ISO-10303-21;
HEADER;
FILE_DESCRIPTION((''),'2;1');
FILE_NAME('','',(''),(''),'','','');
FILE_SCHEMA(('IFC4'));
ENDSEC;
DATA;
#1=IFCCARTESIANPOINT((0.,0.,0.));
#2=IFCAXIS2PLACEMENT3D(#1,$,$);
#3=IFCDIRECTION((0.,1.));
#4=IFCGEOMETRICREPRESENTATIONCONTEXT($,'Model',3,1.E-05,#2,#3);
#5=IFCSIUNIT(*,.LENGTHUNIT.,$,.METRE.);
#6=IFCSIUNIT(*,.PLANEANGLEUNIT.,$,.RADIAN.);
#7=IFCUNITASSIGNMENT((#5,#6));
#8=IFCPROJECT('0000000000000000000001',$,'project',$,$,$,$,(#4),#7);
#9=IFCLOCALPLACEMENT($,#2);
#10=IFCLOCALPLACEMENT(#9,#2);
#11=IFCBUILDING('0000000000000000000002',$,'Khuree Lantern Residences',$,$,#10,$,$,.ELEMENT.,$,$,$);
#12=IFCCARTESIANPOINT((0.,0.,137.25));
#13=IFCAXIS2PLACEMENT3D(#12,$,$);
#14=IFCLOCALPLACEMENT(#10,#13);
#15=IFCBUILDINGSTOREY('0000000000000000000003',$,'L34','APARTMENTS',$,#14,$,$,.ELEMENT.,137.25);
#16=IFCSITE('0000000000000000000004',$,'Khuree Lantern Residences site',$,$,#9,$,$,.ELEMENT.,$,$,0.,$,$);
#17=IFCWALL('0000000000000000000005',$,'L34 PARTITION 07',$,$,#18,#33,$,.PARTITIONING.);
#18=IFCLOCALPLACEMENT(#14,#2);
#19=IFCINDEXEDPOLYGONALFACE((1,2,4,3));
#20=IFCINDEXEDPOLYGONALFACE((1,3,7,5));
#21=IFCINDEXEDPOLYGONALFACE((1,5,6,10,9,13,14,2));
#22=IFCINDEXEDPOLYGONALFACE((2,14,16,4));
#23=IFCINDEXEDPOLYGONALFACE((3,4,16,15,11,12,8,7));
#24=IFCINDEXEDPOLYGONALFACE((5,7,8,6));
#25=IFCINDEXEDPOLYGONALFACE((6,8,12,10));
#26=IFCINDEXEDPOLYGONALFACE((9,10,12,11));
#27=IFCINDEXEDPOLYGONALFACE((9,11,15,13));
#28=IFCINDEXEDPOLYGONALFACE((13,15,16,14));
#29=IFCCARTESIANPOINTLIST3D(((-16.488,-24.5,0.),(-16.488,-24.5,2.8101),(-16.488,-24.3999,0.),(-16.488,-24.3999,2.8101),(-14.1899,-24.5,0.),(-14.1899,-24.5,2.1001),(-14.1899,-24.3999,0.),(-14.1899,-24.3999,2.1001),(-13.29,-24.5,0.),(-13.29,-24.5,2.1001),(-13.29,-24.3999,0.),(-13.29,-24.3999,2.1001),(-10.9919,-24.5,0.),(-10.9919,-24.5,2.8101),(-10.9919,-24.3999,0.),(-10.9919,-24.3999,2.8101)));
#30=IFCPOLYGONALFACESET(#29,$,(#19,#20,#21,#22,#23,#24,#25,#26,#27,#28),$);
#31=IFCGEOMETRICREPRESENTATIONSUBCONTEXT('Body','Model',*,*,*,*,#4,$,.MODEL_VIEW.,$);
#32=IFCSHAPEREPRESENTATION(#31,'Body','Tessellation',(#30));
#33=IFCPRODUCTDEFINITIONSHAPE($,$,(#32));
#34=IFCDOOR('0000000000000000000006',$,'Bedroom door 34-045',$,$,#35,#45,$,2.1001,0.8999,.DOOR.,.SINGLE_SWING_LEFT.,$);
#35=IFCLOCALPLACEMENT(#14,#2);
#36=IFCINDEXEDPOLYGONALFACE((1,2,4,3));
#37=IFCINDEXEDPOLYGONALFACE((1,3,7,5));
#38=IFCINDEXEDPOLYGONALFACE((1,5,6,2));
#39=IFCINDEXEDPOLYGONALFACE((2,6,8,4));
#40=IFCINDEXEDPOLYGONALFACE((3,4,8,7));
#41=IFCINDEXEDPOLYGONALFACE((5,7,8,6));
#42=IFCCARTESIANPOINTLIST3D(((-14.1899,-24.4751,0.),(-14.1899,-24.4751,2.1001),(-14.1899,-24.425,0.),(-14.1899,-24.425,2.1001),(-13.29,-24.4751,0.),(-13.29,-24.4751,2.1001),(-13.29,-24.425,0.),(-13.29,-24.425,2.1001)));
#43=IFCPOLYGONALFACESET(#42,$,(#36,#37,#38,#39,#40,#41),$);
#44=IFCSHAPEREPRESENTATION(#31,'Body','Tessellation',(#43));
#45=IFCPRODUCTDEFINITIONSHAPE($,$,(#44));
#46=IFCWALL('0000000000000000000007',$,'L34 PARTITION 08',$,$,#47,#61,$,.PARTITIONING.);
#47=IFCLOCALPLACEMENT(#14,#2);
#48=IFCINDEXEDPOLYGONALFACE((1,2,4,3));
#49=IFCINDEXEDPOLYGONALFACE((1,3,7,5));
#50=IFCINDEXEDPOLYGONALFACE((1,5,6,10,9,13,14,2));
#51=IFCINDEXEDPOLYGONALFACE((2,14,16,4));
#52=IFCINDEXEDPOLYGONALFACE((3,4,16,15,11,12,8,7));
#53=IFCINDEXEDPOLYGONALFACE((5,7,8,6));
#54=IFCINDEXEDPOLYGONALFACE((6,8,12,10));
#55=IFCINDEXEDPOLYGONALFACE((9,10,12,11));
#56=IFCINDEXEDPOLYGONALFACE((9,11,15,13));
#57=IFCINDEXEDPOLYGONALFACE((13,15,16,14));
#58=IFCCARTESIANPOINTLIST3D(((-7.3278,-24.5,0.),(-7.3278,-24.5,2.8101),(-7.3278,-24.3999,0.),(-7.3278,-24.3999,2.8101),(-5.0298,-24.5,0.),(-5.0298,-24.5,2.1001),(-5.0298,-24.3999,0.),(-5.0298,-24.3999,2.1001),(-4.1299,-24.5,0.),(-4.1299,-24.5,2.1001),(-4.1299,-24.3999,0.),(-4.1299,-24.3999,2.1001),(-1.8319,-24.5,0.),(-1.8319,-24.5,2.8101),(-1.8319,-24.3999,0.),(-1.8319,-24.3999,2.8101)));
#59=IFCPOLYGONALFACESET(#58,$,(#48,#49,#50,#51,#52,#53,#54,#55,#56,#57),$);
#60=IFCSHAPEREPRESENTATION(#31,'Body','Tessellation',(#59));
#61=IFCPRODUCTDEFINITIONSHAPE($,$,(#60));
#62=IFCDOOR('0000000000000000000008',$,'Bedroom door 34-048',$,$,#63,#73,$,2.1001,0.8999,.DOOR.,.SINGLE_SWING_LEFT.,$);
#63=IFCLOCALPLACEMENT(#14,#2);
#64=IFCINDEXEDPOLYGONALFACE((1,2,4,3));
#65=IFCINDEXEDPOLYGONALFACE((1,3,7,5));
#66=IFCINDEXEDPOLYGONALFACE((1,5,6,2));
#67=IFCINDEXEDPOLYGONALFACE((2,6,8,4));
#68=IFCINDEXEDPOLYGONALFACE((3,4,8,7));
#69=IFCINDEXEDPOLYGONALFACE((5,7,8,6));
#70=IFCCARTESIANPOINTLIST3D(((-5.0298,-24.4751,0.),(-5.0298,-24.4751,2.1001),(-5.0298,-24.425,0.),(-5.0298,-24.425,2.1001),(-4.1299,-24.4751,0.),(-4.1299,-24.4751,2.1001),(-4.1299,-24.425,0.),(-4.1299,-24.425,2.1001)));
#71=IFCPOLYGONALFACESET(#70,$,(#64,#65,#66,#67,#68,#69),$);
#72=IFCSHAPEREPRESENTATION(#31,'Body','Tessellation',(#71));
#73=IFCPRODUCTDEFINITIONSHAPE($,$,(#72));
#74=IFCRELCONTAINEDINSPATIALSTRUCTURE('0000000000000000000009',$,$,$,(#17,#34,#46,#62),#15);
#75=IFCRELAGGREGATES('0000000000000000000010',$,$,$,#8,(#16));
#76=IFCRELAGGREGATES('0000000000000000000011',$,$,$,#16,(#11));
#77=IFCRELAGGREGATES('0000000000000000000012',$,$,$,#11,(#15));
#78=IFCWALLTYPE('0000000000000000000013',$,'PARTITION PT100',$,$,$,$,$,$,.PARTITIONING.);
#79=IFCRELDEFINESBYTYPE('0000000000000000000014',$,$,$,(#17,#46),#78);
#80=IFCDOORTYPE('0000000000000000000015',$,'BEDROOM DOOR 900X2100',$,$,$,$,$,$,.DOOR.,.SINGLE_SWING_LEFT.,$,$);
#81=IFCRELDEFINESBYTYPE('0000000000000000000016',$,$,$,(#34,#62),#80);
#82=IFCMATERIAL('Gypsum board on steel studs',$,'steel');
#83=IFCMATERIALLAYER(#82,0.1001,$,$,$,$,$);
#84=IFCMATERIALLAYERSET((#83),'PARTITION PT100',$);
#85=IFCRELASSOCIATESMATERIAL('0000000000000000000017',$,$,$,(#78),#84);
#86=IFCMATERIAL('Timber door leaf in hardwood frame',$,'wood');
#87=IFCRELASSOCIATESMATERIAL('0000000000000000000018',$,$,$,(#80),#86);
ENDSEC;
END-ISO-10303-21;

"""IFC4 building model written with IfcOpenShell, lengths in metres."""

from ifc_helpers import new_model, si_unit, direction, frame, frame_2d, origin, place, context, subcontext, project, spatial, rectangle, extrude, material, layer, layer_set, type_object, element, fill, save


model = new_model("IFC4")

# Units and contexts
model_context = context("Model", 3, precision=1e-05, world=origin(), true_north=direction((0.0, 1.0)))
body_context = subcontext(model_context, "Body", "Model", "MODEL_VIEW")
ifc_project = project(units=[si_unit("LENGTHUNIT", "METRE"), si_unit("PLANEANGLEUNIT", "RADIAN")], contexts=[model_context])

# Site, building, storey
site_placement = place(None, origin())
site = spatial("IfcSite", under=ifc_project, at=site_placement, Name="Khuree Lantern Residences site", CompositionType="ELEMENT", RefElevation=0.0)
building_placement = place(site_placement, origin())
building = spatial("IfcBuilding", under=site, at=building_placement, Name="Khuree Lantern Residences", CompositionType="ELEMENT")
storey_placement = place(building_placement, frame((0.0, 0.0, 137.25)))
storey = spatial("IfcBuildingStorey", under=building, at=storey_placement, Name="L34", Description="APARTMENTS", CompositionType="ELEMENT", Elevation=137.25)

# Shared definitions
ifc_material_1 = material(Name="Timber door leaf in hardwood frame", Category="wood")

# Shared definitions
ifc_material_2 = material(Name="Gypsum board on steel studs", Category="steel")
ifc_layer_1 = layer(ifc_material_2, 0.1001)
ifc_layer_set_1 = layer_set([ifc_layer_1], Name="PARTITION PT100")
wall_type_1 = type_object("IfcWallType", Name="PARTITION PT100", PredefinedType="PARTITIONING", material=ifc_layer_set_1)

# Walls, openings, doors
wall_1_placement = place(storey_placement, frame((-16.488, -24.45, 0.0), z_axis=(0.0, 0.0, 1.0), x_axis=(1.0, 0.0, 0.0)))
wall_1 = element("IfcWall", 1, at=wall_1_placement, inside=storey, type_object=wall_type_1, Name="L34 PARTITION 07", PredefinedType="PARTITIONING", context=body_context, shape_type="SweptSolid", body=[
    extrude(rectangle(XDim=5.4961, YDim=0.1001, at=frame_2d((2.748, 0.0))), origin(), (0.0, 0.0, 1.0), 2.8101),
])
opening_1_placement = place(wall_1_placement, frame((2.2981, 0.0, 0.0)))
opening_1 = element("IfcOpeningElement", 2, at=opening_1_placement, cuts=wall_1, PredefinedType="OPENING", context=body_context, shape_type="SweptSolid", body=[
    extrude(rectangle(XDim=0.8999, YDim=2.1001, at=frame_2d((0.45, 1.05))), frame((0.0, 0.0601, 0.0), z_axis=(0.0, -1.0, 0.0), x_axis=(1.0, 0.0, 0.0)), (0.0, 0.0, 1.0), 0.1201),
])
door_type_1 = type_object("IfcDoorType", Name="BEDROOM DOOR 900X2100", OperationType="SINGLE_SWING_LEFT", PredefinedType="DOOR", material=ifc_material_1)
door_1_placement = place(opening_1_placement, origin())
door_1 = element("IfcDoor", 3, at=door_1_placement, inside=storey, type_object=door_type_1, Name="Bedroom door 34-045", OperationType="SINGLE_SWING_LEFT", OverallHeight=2.1001, OverallWidth=0.8999, PredefinedType="DOOR", context=body_context, shape_type="SweptSolid", body=[
    extrude(rectangle(XDim=0.8999, YDim=2.1001, at=frame_2d((0.45, 1.05))), frame((0.0, 0.0249, 0.0), z_axis=(0.0, -1.0, 0.0), x_axis=(1.0, 0.0, 0.0)), (0.0, 0.0, 1.0), 0.05),
])
fill(opening_1, door_1)
wall_2_placement = place(storey_placement, frame((-7.3279, -24.45, 0.0), z_axis=(0.0, 0.0, 1.0), x_axis=(1.0, 0.0, 0.0)))
wall_2 = element("IfcWall", 4, at=wall_2_placement, inside=storey, type_object=wall_type_1, Name="L34 PARTITION 08", PredefinedType="PARTITIONING", context=body_context, shape_type="SweptSolid", body=[
    extrude(rectangle(XDim=5.4958, YDim=0.1001, at=frame_2d((2.748, 0.0))), origin(), (0.0, 0.0, 1.0), 2.8101),
])
opening_2_placement = place(wall_2_placement, frame((2.2981, 0.0, 0.0)))
opening_2 = element("IfcOpeningElement", 5, at=opening_2_placement, cuts=wall_2, PredefinedType="OPENING", context=body_context, shape_type="SweptSolid", body=[
    extrude(rectangle(XDim=0.8999, YDim=2.1001, at=frame_2d((0.45, 1.05))), frame((0.0, 0.0601, 0.0), z_axis=(0.0, -1.0, 0.0), x_axis=(1.0, 0.0, 0.0)), (0.0, 0.0, 1.0), 0.1201),
])
door_2_placement = place(opening_2_placement, origin())
door_2 = element("IfcDoor", 6, at=door_2_placement, inside=storey, type_object=door_type_1, Name="Bedroom door 34-048", OperationType="SINGLE_SWING_LEFT", OverallHeight=2.1001, OverallWidth=0.8999, PredefinedType="DOOR", context=body_context, shape_type="SweptSolid", body=[
    extrude(rectangle(XDim=0.8999, YDim=2.1001, at=frame_2d((0.45, 1.05))), frame((0.0, 0.0249, 0.0), z_axis=(0.0, -1.0, 0.0), x_axis=(1.0, 0.0, 0.0)), (0.0, 0.0, 1.0), 0.05),
])
fill(opening_2, door_2)

save(model, "model.ifc")
